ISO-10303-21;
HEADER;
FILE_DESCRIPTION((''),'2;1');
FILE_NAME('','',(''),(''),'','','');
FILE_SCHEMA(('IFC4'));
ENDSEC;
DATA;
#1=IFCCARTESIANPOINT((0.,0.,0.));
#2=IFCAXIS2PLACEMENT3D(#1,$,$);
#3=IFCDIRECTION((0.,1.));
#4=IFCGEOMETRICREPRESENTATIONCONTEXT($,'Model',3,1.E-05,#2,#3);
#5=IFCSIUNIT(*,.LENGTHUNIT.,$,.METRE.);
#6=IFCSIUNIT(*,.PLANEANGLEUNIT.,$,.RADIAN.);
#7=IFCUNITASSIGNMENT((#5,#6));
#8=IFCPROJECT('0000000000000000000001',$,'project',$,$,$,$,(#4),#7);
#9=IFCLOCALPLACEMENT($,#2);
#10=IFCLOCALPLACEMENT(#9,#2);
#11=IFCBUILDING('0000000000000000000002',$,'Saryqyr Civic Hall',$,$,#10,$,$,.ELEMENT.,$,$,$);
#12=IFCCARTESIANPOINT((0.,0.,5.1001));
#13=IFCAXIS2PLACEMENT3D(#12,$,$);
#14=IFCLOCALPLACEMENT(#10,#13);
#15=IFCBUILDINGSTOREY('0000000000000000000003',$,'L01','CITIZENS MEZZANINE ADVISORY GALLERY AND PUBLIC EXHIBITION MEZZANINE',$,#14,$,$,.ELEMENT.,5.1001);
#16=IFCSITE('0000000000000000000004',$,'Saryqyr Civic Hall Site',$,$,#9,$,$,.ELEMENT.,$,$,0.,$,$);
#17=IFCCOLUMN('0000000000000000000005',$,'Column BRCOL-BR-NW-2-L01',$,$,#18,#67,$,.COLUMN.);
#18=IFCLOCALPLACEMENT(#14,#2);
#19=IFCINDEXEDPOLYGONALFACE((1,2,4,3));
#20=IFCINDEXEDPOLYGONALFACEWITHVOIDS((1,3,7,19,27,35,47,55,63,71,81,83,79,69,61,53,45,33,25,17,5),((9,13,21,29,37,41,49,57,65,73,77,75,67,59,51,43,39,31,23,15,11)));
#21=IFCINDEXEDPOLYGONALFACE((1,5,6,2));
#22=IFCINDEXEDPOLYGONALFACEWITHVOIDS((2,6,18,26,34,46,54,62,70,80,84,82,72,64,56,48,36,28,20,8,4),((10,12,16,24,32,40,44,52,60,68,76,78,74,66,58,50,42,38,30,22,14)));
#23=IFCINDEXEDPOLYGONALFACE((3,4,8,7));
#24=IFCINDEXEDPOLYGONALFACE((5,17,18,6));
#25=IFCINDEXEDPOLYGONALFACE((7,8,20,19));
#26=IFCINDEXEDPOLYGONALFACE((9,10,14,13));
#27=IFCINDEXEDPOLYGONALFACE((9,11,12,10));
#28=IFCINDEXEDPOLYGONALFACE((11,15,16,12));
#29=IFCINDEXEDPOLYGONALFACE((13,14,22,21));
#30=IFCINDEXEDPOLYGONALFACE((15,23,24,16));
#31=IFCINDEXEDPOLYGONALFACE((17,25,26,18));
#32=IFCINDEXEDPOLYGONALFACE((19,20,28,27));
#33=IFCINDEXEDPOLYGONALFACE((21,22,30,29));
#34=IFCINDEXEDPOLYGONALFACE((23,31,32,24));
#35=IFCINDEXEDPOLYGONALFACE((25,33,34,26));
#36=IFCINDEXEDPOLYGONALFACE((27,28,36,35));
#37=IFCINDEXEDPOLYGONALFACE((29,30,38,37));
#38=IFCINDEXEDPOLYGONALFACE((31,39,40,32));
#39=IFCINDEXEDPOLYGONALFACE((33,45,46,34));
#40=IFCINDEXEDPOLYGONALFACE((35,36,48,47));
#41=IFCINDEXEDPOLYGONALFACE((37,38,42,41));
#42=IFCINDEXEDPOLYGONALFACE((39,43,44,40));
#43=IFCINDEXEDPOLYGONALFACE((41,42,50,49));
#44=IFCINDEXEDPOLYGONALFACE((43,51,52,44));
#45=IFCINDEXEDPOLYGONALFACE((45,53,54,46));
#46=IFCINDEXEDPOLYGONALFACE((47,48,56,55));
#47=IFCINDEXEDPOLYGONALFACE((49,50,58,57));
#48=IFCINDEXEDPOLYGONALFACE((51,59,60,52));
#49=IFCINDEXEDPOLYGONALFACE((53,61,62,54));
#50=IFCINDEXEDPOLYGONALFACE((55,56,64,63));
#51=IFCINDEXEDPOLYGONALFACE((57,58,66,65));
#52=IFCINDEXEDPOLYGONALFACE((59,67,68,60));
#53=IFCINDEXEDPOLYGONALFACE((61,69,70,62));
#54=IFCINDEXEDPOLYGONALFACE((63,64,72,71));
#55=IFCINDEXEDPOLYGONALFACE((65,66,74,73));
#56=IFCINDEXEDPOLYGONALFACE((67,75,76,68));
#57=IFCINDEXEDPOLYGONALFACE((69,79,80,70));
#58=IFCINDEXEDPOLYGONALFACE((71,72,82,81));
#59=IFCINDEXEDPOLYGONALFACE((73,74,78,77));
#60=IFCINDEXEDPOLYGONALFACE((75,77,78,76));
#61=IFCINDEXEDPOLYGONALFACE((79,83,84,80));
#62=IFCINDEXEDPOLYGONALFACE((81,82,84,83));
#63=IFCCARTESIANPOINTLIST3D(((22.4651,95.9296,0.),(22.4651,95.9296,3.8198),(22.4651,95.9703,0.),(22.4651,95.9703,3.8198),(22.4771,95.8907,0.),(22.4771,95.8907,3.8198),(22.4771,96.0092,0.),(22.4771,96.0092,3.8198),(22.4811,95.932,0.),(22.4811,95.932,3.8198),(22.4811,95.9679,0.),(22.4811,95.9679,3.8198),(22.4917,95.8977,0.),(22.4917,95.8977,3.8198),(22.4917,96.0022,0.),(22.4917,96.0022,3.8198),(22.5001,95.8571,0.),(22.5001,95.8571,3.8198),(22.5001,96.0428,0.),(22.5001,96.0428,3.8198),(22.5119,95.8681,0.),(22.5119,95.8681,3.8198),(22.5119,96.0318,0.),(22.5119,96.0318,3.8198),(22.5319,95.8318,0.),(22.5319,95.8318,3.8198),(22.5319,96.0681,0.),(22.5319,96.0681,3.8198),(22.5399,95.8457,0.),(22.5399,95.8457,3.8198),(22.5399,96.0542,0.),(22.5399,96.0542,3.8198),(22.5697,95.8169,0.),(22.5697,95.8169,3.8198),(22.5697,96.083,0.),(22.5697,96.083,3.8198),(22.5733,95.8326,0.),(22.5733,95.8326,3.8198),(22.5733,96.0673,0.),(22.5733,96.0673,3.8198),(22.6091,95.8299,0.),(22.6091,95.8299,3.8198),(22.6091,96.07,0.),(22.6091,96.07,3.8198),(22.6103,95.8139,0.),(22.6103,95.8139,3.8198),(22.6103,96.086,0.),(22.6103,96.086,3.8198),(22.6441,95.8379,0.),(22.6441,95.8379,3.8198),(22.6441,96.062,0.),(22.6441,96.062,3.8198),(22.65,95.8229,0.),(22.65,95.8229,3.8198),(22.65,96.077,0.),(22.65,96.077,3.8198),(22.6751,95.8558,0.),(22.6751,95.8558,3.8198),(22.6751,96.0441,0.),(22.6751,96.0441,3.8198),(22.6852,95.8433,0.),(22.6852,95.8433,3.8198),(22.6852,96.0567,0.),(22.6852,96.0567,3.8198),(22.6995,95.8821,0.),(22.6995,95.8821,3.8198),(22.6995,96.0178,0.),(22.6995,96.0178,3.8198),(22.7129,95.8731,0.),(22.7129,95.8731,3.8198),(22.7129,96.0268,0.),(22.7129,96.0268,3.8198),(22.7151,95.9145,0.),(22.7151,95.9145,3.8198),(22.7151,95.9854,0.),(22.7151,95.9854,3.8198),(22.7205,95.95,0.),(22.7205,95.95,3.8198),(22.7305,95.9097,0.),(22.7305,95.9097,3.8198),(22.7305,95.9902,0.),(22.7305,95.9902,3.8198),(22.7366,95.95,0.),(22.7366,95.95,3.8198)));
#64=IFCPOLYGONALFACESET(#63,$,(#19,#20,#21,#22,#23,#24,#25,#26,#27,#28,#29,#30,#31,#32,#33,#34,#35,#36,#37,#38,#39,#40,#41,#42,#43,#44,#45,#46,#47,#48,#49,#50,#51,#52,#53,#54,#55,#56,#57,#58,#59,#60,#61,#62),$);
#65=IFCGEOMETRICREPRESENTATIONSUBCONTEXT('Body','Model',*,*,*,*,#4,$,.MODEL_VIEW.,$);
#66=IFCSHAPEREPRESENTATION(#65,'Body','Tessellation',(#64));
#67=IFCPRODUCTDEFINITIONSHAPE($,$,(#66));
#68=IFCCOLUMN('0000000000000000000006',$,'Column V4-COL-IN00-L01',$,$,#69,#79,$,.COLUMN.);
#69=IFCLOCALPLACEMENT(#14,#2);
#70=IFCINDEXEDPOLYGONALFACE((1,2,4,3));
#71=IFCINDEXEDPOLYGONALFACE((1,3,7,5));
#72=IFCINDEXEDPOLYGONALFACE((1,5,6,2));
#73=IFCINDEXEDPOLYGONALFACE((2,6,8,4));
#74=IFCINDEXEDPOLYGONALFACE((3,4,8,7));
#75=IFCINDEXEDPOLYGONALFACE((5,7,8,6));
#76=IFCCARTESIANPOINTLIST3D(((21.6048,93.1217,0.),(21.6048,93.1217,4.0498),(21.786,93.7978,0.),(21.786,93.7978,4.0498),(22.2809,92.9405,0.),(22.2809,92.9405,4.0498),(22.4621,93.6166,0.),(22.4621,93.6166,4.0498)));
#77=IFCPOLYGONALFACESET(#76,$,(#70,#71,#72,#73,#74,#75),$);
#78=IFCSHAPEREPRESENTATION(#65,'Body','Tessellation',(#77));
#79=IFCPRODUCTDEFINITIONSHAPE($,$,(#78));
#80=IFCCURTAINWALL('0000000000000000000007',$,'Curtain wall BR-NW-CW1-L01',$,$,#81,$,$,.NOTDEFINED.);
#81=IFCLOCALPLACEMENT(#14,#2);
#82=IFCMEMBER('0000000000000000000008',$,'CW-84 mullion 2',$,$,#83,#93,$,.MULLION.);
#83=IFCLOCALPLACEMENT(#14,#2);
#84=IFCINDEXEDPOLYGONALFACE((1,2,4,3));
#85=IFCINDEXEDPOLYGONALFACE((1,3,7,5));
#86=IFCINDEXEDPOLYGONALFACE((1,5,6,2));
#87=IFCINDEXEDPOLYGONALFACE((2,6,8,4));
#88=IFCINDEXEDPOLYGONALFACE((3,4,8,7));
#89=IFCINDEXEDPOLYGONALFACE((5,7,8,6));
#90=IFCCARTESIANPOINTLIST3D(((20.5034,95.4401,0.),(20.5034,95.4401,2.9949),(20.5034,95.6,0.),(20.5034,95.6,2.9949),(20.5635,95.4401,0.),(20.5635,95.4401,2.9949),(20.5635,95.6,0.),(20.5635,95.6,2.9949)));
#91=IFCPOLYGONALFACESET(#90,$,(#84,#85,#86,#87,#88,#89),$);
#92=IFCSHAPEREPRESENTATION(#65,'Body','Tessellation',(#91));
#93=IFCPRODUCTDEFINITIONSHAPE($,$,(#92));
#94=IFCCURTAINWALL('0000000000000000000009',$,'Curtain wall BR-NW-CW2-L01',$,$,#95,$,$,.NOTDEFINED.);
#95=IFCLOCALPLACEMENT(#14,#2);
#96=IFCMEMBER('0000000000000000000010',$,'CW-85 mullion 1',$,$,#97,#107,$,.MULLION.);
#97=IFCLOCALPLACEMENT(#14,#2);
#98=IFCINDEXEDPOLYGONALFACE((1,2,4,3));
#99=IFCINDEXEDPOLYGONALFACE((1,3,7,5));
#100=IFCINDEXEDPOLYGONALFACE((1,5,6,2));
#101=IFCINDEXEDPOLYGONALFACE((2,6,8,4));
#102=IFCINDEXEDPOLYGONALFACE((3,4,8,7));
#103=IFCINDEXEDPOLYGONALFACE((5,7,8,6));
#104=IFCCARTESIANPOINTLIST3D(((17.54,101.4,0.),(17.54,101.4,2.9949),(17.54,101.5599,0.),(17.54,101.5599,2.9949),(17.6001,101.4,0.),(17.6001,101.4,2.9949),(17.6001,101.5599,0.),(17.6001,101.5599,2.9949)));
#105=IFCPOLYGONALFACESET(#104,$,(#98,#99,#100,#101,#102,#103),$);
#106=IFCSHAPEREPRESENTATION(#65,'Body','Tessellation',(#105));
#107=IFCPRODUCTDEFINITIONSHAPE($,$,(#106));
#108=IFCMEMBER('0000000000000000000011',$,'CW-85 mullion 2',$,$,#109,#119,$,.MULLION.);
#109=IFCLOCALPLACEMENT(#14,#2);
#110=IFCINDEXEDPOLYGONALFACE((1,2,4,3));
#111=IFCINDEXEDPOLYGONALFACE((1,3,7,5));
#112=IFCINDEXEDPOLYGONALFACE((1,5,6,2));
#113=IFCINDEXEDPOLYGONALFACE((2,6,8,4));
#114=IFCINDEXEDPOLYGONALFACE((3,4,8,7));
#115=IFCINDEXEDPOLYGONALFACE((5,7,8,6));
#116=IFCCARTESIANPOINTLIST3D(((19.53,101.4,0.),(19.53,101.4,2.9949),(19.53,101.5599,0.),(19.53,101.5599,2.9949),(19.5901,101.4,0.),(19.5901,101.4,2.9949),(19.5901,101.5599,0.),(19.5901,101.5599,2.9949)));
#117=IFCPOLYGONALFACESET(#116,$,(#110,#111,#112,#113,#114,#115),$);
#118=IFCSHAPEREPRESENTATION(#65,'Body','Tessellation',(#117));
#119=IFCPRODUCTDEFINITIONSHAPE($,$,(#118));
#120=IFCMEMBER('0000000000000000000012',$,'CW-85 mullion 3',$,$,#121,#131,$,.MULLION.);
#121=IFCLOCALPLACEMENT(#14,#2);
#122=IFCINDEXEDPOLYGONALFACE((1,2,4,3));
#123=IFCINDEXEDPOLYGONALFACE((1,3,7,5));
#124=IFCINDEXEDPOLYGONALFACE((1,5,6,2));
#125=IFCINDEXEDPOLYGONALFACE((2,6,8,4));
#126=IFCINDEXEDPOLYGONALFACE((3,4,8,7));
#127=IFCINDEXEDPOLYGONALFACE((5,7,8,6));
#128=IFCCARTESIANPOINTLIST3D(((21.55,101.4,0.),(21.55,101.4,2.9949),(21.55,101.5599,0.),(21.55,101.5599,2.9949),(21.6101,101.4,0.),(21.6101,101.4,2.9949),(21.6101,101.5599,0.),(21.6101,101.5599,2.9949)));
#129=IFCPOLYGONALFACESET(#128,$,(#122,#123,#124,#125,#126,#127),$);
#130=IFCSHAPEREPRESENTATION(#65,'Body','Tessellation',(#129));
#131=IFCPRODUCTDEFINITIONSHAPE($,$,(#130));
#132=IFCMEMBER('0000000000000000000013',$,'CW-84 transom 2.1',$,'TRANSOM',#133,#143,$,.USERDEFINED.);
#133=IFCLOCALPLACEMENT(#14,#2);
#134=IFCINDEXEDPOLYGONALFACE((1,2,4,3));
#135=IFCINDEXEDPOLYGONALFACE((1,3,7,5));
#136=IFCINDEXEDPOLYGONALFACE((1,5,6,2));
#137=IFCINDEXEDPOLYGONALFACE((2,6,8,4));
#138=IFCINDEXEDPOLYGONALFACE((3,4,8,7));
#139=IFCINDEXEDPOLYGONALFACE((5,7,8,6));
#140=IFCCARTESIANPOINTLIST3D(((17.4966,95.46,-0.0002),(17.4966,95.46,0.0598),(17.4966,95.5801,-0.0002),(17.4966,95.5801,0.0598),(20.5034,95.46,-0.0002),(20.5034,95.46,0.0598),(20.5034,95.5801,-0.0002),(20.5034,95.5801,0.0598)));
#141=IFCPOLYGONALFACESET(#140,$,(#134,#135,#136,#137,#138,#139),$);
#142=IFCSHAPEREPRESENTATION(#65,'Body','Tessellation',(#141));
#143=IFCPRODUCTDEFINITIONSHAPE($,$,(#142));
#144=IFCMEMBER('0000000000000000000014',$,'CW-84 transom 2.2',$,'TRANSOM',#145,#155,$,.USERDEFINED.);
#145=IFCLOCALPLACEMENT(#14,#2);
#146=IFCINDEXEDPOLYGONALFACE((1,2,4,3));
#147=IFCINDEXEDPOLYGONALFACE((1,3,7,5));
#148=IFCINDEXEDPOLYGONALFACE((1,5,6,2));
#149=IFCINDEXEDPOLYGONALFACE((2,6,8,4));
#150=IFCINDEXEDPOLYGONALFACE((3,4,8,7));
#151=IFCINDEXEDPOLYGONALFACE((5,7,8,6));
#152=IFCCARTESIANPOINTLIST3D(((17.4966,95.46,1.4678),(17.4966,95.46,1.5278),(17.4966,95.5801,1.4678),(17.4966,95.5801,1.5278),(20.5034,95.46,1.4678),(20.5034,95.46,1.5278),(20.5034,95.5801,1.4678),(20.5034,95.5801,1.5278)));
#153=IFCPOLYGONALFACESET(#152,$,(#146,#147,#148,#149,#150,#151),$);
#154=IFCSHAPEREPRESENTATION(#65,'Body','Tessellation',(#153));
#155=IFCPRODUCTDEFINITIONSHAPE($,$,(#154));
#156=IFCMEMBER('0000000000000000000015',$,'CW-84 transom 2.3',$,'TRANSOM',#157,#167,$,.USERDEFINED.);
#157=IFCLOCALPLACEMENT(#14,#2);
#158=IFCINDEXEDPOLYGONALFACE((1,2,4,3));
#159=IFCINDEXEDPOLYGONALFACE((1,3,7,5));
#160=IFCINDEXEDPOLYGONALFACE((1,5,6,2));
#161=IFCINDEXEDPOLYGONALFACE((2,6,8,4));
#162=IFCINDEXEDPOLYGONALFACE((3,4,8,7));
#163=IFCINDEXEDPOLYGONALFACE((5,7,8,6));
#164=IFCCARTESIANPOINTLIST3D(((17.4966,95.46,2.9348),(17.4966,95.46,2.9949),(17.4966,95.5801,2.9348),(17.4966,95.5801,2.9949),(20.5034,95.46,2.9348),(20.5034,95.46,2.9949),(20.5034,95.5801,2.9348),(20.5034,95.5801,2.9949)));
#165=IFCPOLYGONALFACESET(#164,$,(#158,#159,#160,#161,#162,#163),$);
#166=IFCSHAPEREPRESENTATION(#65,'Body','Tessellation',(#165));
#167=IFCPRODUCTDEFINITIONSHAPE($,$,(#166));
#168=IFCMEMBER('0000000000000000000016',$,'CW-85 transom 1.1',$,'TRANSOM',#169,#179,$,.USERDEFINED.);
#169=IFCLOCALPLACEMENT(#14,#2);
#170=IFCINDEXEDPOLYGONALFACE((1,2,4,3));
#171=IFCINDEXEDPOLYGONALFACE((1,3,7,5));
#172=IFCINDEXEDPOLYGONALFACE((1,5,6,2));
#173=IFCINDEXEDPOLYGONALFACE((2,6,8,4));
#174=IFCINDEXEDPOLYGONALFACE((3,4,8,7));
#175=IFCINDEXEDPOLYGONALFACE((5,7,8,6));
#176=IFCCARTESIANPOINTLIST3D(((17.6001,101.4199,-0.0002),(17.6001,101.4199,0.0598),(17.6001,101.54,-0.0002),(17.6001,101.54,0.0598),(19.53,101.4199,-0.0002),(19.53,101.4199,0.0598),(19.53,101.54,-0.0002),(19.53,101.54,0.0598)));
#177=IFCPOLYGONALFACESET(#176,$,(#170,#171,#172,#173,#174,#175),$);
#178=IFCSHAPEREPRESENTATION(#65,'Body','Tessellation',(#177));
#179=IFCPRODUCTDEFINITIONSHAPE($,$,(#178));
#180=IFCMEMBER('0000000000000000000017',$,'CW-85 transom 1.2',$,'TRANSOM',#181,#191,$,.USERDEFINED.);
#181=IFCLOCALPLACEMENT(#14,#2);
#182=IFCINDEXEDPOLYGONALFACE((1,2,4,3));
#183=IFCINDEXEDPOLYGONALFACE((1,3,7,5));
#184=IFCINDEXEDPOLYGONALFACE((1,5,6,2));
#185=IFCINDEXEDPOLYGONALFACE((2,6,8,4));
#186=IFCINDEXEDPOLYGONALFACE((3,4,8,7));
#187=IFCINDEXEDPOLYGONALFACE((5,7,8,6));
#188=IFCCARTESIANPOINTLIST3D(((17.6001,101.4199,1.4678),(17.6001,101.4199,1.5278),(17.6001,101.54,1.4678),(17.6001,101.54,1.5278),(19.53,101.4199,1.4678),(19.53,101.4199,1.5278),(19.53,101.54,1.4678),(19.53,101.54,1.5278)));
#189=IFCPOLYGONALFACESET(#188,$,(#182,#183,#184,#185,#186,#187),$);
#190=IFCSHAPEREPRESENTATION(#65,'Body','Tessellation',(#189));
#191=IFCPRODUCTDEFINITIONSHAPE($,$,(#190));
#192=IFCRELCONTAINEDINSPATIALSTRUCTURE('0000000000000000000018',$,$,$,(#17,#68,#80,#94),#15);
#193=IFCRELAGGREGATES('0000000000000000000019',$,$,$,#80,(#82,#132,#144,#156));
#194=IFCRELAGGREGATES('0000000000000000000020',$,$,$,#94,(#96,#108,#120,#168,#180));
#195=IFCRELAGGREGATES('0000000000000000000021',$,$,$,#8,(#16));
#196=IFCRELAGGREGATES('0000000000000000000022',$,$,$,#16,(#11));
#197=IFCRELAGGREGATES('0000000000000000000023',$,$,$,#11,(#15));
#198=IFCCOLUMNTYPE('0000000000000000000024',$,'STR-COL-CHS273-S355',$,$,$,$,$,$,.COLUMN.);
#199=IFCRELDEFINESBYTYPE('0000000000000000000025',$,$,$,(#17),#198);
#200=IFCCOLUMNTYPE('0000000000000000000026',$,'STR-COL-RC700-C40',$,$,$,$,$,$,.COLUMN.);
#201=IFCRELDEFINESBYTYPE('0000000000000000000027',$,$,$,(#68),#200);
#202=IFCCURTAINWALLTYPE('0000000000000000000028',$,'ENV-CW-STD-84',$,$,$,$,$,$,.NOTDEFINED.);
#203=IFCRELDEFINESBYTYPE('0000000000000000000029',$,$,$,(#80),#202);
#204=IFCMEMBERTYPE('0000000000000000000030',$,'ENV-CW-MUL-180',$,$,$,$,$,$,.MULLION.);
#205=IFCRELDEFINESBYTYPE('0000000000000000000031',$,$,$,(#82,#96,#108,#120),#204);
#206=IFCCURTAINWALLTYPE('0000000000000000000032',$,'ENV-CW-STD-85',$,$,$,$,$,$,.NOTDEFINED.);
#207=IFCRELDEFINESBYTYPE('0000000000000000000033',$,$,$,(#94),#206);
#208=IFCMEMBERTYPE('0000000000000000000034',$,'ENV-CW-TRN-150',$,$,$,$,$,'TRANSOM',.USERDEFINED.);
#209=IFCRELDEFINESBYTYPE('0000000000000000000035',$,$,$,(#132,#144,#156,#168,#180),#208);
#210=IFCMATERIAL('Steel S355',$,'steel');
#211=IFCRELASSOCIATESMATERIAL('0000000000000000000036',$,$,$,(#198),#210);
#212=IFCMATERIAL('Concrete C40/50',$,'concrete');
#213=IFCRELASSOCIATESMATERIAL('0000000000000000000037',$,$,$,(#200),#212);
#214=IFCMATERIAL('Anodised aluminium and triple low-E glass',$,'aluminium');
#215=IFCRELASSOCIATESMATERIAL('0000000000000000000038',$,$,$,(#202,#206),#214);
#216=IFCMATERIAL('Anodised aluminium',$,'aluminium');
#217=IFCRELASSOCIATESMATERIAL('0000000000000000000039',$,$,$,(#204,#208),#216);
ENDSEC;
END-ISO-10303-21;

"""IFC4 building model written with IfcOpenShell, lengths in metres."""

from ifc_helpers import new_model, si_unit, direction, frame, origin, origin_2d, place, context, subcontext, project, spatial, rectangle, hollow_circle, extrude, material, material_profile, profile_set, type_object, element, aggregate, save


model = new_model("IFC4")

# Units and contexts
model_context = context("Model", 3, precision=1e-05, world=origin(), true_north=direction((0.0, 1.0)))
body_context = subcontext(model_context, "Body", "Model", "MODEL_VIEW")
ifc_project = project(units=[si_unit("LENGTHUNIT", "METRE"), si_unit("PLANEANGLEUNIT", "RADIAN")], contexts=[model_context])

# Site, building, storey
site_placement = place(None, origin())
site = spatial("IfcSite", under=ifc_project, at=site_placement, Name="Saryqyr Civic Hall Site", CompositionType="ELEMENT", RefElevation=0.0)
building_placement = place(site_placement, origin())
building = spatial("IfcBuilding", under=site, at=building_placement, Name="Saryqyr Civic Hall", CompositionType="ELEMENT")
storey_placement = place(building_placement, frame((0.0, 0.0, 5.1001)))
storey = spatial("IfcBuildingStorey", under=building, at=storey_placement, Name="L01", Description="CITIZENS MEZZANINE ADVISORY GALLERY AND PUBLIC EXHIBITION MEZZANINE", CompositionType="ELEMENT", Elevation=5.1001)

# Columns
ifc_material_1 = material(Name="Steel S355", Category="steel")
ifc_material_profile_1 = material_profile(ifc_material_1, hollow_circle(Radius=0.1365, WallThickness=0.0161, at=origin_2d()), Name="CHS 273x16")
ifc_profile_set_1 = profile_set([ifc_material_profile_1], Name="Steel S355")
column_type_1 = type_object("IfcColumnType", Name="STR-COL-CHS273-S355", PredefinedType="COLUMN", material=ifc_profile_set_1)
column_1_placement = place(storey_placement, frame((22.6001, 95.95, 0.0), z_axis=(0.0, 0.0, 1.0), x_axis=(1.0, 0.0, 0.0)))
element("IfcColumn", 1, at=column_1_placement, inside=storey, type_object=column_type_1, Name="Column BRCOL-BR-NW-2-L01", PredefinedType="COLUMN", context=body_context, shape_type="SweptSolid", body=[
    extrude(hollow_circle(Radius=0.1365, WallThickness=0.0161, at=origin_2d()), origin(), (0.0, 0.0, 1.0), 3.8198),
])
ifc_material_2 = material(Name="Concrete C40/50", Category="concrete")
ifc_material_profile_2 = material_profile(ifc_material_2, rectangle(XDim=0.7, YDim=0.7, at=origin_2d()), Name="RC 700x700")
ifc_profile_set_2 = profile_set([ifc_material_profile_2], Name="Concrete C40/50")
column_type_2 = type_object("IfcColumnType", Name="STR-COL-RC700-C40", PredefinedType="COLUMN", material=ifc_profile_set_2)
column_2_placement = place(storey_placement, frame((22.0334, 93.3691, 0.0), z_axis=(0.0, 0.0, 1.0), x_axis=(-0.965926, 0.258819, 0.0)))
element("IfcColumn", 2, at=column_2_placement, inside=storey, type_object=column_type_2, Name="Column V4-COL-IN00-L01", PredefinedType="COLUMN", context=body_context, shape_type="SweptSolid", body=[
    extrude(rectangle(XDim=0.7, YDim=0.7, at=origin_2d()), origin(), (0.0, 0.0, 1.0), 4.0498),
])

# Curtain wall, member
ifc_material_3 = material(Name="Anodised aluminium and triple low-E glass", Category="aluminium")
curtain_wall_type_1 = type_object("IfcCurtainWallType", Name="ENV-CW-STD-84", PredefinedType="NOTDEFINED", material=ifc_material_3)
curtain_wall_1_placement = place(storey_placement, origin())
curtain_wall_1 = element("IfcCurtainWall", 3, at=curtain_wall_1_placement, inside=storey, type_object=curtain_wall_type_1, Name="Curtain wall BR-NW-CW1-L01", PredefinedType="NOTDEFINED")
ifc_material_4 = material(Name="Anodised aluminium", Category="aluminium")
ifc_material_profile_3 = material_profile(ifc_material_4, rectangle(XDim=0.0601, YDim=0.1599, at=origin_2d()), Name="ALU MULLION 60x160")
ifc_profile_set_3 = profile_set([ifc_material_profile_3], Name="Anodised aluminium")
member_type_1 = type_object("IfcMemberType", Name="ENV-CW-MUL-180", PredefinedType="MULLION", material=ifc_profile_set_3)
member_1_placement = place(storey_placement, frame((20.5334, 95.52, 0.0), z_axis=(0.0, 0.0, 1.0), x_axis=(-1.0, 0.0, 0.0)))
member_1 = element("IfcMember", 4, at=member_1_placement, type_object=member_type_1, Name="CW-84 mullion 2", PredefinedType="MULLION", context=body_context, shape_type="SweptSolid", body=[
    extrude(rectangle(XDim=0.0601, YDim=0.1599, at=origin_2d()), origin(), (0.0, 0.0, 1.0), 2.9949),
])

# Curtain wall, members
curtain_wall_type_2 = type_object("IfcCurtainWallType", Name="ENV-CW-STD-85", PredefinedType="NOTDEFINED", material=ifc_material_3)
curtain_wall_2_placement = place(storey_placement, origin())
curtain_wall_2 = element("IfcCurtainWall", 5, at=curtain_wall_2_placement, inside=storey, type_object=curtain_wall_type_2, Name="Curtain wall BR-NW-CW2-L01", PredefinedType="NOTDEFINED")
member_2_placement = place(storey_placement, frame((17.5701, 101.48, 0.0), z_axis=(0.0, 0.0, 1.0), x_axis=(1.0, 0.0, 0.0)))
member_2 = element("IfcMember", 6, at=member_2_placement, type_object=member_type_1, Name="CW-85 mullion 1", PredefinedType="MULLION", context=body_context, shape_type="SweptSolid", body=[
    extrude(rectangle(XDim=0.0601, YDim=0.1599, at=origin_2d()), origin(), (0.0, 0.0, 1.0), 2.9949),
])
member_3_placement = place(storey_placement, frame((19.5601, 101.48, 0.0), z_axis=(0.0, 0.0, 1.0), x_axis=(1.0, 0.0, 0.0)))
member_3 = element("IfcMember", 7, at=member_3_placement, type_object=member_type_1, Name="CW-85 mullion 2", PredefinedType="MULLION", context=body_context, shape_type="SweptSolid", body=[
    extrude(rectangle(XDim=0.0601, YDim=0.1599, at=origin_2d()), origin(), (0.0, 0.0, 1.0), 2.9949),
])
member_4_placement = place(storey_placement, frame((21.5801, 101.48, 0.0), z_axis=(0.0, 0.0, 1.0), x_axis=(1.0, 0.0, 0.0)))
member_4 = element("IfcMember", 8, at=member_4_placement, type_object=member_type_1, Name="CW-85 mullion 3", PredefinedType="MULLION", context=body_context, shape_type="SweptSolid", body=[
    extrude(rectangle(XDim=0.0601, YDim=0.1599, at=origin_2d()), origin(), (0.0, 0.0, 1.0), 2.9949),
])

# Members
ifc_material_profile_4 = material_profile(ifc_material_4, rectangle(XDim=0.1201, YDim=0.0601, at=origin_2d()), Name="ALU TRANSOM 120x60")
ifc_profile_set_4 = profile_set([ifc_material_profile_4], Name="Anodised aluminium")
member_type_2 = type_object("IfcMemberType", Name="ENV-CW-TRN-150", ElementType="TRANSOM", PredefinedType="USERDEFINED", material=ifc_profile_set_4)
member_5_placement = place(storey_placement, frame((20.5034, 95.52, 0.0298), z_axis=(-1.0, 0.0, 0.0), x_axis=(0.0, -1.0, 0.0)))
member_5 = element("IfcMember", 9, at=member_5_placement, type_object=member_type_2, Name="CW-84 transom 2.1", ObjectType="TRANSOM", PredefinedType="USERDEFINED", context=body_context, shape_type="SweptSolid", body=[
    extrude(rectangle(XDim=0.1201, YDim=0.0601, at=origin_2d()), origin(), (0.0, 0.0, 1.0), 3.0068),
])
member_6_placement = place(storey_placement, frame((20.5034, 95.52, 1.4978), z_axis=(-1.0, 0.0, 0.0), x_axis=(0.0, -1.0, 0.0)))
member_6 = element("IfcMember", 10, at=member_6_placement, type_object=member_type_2, Name="CW-84 transom 2.2", ObjectType="TRANSOM", PredefinedType="USERDEFINED", context=body_context, shape_type="SweptSolid", body=[
    extrude(rectangle(XDim=0.1201, YDim=0.0601, at=origin_2d()), origin(), (0.0, 0.0, 1.0), 3.0068),
])
member_7_placement = place(storey_placement, frame((20.5034, 95.52, 2.9648), z_axis=(-1.0, 0.0, 0.0), x_axis=(0.0, -1.0, 0.0)))
member_7 = element("IfcMember", 11, at=member_7_placement, type_object=member_type_2, Name="CW-84 transom 2.3", ObjectType="TRANSOM", PredefinedType="USERDEFINED", context=body_context, shape_type="SweptSolid", body=[
    extrude(rectangle(XDim=0.1201, YDim=0.0601, at=origin_2d()), origin(), (0.0, 0.0, 1.0), 3.0068),
])
member_8_placement = place(storey_placement, frame((17.6001, 101.48, 0.0298), z_axis=(1.0, 0.0, 0.0), x_axis=(0.0, 1.0, 0.0)))
member_8 = element("IfcMember", 12, at=member_8_placement, type_object=member_type_2, Name="CW-85 transom 1.1", ObjectType="TRANSOM", PredefinedType="USERDEFINED", context=body_context, shape_type="SweptSolid", body=[
    extrude(rectangle(XDim=0.1201, YDim=0.0601, at=origin_2d()), origin(), (0.0, 0.0, 1.0), 1.9299),
])
member_9_placement = place(storey_placement, frame((17.6001, 101.48, 1.4978), z_axis=(1.0, 0.0, 0.0), x_axis=(0.0, 1.0, 0.0)))
member_9 = element("IfcMember", 13, at=member_9_placement, type_object=member_type_2, Name="CW-85 transom 1.2", ObjectType="TRANSOM", PredefinedType="USERDEFINED", context=body_context, shape_type="SweptSolid", body=[
    extrude(rectangle(XDim=0.1201, YDim=0.0601, at=origin_2d()), origin(), (0.0, 0.0, 1.0), 1.9299),
])

aggregate(curtain_wall_1, [member_1, member_5, member_6, member_7])
aggregate(curtain_wall_2, [member_2, member_3, member_4, member_8, member_9])

save(model, "model.ifc")
